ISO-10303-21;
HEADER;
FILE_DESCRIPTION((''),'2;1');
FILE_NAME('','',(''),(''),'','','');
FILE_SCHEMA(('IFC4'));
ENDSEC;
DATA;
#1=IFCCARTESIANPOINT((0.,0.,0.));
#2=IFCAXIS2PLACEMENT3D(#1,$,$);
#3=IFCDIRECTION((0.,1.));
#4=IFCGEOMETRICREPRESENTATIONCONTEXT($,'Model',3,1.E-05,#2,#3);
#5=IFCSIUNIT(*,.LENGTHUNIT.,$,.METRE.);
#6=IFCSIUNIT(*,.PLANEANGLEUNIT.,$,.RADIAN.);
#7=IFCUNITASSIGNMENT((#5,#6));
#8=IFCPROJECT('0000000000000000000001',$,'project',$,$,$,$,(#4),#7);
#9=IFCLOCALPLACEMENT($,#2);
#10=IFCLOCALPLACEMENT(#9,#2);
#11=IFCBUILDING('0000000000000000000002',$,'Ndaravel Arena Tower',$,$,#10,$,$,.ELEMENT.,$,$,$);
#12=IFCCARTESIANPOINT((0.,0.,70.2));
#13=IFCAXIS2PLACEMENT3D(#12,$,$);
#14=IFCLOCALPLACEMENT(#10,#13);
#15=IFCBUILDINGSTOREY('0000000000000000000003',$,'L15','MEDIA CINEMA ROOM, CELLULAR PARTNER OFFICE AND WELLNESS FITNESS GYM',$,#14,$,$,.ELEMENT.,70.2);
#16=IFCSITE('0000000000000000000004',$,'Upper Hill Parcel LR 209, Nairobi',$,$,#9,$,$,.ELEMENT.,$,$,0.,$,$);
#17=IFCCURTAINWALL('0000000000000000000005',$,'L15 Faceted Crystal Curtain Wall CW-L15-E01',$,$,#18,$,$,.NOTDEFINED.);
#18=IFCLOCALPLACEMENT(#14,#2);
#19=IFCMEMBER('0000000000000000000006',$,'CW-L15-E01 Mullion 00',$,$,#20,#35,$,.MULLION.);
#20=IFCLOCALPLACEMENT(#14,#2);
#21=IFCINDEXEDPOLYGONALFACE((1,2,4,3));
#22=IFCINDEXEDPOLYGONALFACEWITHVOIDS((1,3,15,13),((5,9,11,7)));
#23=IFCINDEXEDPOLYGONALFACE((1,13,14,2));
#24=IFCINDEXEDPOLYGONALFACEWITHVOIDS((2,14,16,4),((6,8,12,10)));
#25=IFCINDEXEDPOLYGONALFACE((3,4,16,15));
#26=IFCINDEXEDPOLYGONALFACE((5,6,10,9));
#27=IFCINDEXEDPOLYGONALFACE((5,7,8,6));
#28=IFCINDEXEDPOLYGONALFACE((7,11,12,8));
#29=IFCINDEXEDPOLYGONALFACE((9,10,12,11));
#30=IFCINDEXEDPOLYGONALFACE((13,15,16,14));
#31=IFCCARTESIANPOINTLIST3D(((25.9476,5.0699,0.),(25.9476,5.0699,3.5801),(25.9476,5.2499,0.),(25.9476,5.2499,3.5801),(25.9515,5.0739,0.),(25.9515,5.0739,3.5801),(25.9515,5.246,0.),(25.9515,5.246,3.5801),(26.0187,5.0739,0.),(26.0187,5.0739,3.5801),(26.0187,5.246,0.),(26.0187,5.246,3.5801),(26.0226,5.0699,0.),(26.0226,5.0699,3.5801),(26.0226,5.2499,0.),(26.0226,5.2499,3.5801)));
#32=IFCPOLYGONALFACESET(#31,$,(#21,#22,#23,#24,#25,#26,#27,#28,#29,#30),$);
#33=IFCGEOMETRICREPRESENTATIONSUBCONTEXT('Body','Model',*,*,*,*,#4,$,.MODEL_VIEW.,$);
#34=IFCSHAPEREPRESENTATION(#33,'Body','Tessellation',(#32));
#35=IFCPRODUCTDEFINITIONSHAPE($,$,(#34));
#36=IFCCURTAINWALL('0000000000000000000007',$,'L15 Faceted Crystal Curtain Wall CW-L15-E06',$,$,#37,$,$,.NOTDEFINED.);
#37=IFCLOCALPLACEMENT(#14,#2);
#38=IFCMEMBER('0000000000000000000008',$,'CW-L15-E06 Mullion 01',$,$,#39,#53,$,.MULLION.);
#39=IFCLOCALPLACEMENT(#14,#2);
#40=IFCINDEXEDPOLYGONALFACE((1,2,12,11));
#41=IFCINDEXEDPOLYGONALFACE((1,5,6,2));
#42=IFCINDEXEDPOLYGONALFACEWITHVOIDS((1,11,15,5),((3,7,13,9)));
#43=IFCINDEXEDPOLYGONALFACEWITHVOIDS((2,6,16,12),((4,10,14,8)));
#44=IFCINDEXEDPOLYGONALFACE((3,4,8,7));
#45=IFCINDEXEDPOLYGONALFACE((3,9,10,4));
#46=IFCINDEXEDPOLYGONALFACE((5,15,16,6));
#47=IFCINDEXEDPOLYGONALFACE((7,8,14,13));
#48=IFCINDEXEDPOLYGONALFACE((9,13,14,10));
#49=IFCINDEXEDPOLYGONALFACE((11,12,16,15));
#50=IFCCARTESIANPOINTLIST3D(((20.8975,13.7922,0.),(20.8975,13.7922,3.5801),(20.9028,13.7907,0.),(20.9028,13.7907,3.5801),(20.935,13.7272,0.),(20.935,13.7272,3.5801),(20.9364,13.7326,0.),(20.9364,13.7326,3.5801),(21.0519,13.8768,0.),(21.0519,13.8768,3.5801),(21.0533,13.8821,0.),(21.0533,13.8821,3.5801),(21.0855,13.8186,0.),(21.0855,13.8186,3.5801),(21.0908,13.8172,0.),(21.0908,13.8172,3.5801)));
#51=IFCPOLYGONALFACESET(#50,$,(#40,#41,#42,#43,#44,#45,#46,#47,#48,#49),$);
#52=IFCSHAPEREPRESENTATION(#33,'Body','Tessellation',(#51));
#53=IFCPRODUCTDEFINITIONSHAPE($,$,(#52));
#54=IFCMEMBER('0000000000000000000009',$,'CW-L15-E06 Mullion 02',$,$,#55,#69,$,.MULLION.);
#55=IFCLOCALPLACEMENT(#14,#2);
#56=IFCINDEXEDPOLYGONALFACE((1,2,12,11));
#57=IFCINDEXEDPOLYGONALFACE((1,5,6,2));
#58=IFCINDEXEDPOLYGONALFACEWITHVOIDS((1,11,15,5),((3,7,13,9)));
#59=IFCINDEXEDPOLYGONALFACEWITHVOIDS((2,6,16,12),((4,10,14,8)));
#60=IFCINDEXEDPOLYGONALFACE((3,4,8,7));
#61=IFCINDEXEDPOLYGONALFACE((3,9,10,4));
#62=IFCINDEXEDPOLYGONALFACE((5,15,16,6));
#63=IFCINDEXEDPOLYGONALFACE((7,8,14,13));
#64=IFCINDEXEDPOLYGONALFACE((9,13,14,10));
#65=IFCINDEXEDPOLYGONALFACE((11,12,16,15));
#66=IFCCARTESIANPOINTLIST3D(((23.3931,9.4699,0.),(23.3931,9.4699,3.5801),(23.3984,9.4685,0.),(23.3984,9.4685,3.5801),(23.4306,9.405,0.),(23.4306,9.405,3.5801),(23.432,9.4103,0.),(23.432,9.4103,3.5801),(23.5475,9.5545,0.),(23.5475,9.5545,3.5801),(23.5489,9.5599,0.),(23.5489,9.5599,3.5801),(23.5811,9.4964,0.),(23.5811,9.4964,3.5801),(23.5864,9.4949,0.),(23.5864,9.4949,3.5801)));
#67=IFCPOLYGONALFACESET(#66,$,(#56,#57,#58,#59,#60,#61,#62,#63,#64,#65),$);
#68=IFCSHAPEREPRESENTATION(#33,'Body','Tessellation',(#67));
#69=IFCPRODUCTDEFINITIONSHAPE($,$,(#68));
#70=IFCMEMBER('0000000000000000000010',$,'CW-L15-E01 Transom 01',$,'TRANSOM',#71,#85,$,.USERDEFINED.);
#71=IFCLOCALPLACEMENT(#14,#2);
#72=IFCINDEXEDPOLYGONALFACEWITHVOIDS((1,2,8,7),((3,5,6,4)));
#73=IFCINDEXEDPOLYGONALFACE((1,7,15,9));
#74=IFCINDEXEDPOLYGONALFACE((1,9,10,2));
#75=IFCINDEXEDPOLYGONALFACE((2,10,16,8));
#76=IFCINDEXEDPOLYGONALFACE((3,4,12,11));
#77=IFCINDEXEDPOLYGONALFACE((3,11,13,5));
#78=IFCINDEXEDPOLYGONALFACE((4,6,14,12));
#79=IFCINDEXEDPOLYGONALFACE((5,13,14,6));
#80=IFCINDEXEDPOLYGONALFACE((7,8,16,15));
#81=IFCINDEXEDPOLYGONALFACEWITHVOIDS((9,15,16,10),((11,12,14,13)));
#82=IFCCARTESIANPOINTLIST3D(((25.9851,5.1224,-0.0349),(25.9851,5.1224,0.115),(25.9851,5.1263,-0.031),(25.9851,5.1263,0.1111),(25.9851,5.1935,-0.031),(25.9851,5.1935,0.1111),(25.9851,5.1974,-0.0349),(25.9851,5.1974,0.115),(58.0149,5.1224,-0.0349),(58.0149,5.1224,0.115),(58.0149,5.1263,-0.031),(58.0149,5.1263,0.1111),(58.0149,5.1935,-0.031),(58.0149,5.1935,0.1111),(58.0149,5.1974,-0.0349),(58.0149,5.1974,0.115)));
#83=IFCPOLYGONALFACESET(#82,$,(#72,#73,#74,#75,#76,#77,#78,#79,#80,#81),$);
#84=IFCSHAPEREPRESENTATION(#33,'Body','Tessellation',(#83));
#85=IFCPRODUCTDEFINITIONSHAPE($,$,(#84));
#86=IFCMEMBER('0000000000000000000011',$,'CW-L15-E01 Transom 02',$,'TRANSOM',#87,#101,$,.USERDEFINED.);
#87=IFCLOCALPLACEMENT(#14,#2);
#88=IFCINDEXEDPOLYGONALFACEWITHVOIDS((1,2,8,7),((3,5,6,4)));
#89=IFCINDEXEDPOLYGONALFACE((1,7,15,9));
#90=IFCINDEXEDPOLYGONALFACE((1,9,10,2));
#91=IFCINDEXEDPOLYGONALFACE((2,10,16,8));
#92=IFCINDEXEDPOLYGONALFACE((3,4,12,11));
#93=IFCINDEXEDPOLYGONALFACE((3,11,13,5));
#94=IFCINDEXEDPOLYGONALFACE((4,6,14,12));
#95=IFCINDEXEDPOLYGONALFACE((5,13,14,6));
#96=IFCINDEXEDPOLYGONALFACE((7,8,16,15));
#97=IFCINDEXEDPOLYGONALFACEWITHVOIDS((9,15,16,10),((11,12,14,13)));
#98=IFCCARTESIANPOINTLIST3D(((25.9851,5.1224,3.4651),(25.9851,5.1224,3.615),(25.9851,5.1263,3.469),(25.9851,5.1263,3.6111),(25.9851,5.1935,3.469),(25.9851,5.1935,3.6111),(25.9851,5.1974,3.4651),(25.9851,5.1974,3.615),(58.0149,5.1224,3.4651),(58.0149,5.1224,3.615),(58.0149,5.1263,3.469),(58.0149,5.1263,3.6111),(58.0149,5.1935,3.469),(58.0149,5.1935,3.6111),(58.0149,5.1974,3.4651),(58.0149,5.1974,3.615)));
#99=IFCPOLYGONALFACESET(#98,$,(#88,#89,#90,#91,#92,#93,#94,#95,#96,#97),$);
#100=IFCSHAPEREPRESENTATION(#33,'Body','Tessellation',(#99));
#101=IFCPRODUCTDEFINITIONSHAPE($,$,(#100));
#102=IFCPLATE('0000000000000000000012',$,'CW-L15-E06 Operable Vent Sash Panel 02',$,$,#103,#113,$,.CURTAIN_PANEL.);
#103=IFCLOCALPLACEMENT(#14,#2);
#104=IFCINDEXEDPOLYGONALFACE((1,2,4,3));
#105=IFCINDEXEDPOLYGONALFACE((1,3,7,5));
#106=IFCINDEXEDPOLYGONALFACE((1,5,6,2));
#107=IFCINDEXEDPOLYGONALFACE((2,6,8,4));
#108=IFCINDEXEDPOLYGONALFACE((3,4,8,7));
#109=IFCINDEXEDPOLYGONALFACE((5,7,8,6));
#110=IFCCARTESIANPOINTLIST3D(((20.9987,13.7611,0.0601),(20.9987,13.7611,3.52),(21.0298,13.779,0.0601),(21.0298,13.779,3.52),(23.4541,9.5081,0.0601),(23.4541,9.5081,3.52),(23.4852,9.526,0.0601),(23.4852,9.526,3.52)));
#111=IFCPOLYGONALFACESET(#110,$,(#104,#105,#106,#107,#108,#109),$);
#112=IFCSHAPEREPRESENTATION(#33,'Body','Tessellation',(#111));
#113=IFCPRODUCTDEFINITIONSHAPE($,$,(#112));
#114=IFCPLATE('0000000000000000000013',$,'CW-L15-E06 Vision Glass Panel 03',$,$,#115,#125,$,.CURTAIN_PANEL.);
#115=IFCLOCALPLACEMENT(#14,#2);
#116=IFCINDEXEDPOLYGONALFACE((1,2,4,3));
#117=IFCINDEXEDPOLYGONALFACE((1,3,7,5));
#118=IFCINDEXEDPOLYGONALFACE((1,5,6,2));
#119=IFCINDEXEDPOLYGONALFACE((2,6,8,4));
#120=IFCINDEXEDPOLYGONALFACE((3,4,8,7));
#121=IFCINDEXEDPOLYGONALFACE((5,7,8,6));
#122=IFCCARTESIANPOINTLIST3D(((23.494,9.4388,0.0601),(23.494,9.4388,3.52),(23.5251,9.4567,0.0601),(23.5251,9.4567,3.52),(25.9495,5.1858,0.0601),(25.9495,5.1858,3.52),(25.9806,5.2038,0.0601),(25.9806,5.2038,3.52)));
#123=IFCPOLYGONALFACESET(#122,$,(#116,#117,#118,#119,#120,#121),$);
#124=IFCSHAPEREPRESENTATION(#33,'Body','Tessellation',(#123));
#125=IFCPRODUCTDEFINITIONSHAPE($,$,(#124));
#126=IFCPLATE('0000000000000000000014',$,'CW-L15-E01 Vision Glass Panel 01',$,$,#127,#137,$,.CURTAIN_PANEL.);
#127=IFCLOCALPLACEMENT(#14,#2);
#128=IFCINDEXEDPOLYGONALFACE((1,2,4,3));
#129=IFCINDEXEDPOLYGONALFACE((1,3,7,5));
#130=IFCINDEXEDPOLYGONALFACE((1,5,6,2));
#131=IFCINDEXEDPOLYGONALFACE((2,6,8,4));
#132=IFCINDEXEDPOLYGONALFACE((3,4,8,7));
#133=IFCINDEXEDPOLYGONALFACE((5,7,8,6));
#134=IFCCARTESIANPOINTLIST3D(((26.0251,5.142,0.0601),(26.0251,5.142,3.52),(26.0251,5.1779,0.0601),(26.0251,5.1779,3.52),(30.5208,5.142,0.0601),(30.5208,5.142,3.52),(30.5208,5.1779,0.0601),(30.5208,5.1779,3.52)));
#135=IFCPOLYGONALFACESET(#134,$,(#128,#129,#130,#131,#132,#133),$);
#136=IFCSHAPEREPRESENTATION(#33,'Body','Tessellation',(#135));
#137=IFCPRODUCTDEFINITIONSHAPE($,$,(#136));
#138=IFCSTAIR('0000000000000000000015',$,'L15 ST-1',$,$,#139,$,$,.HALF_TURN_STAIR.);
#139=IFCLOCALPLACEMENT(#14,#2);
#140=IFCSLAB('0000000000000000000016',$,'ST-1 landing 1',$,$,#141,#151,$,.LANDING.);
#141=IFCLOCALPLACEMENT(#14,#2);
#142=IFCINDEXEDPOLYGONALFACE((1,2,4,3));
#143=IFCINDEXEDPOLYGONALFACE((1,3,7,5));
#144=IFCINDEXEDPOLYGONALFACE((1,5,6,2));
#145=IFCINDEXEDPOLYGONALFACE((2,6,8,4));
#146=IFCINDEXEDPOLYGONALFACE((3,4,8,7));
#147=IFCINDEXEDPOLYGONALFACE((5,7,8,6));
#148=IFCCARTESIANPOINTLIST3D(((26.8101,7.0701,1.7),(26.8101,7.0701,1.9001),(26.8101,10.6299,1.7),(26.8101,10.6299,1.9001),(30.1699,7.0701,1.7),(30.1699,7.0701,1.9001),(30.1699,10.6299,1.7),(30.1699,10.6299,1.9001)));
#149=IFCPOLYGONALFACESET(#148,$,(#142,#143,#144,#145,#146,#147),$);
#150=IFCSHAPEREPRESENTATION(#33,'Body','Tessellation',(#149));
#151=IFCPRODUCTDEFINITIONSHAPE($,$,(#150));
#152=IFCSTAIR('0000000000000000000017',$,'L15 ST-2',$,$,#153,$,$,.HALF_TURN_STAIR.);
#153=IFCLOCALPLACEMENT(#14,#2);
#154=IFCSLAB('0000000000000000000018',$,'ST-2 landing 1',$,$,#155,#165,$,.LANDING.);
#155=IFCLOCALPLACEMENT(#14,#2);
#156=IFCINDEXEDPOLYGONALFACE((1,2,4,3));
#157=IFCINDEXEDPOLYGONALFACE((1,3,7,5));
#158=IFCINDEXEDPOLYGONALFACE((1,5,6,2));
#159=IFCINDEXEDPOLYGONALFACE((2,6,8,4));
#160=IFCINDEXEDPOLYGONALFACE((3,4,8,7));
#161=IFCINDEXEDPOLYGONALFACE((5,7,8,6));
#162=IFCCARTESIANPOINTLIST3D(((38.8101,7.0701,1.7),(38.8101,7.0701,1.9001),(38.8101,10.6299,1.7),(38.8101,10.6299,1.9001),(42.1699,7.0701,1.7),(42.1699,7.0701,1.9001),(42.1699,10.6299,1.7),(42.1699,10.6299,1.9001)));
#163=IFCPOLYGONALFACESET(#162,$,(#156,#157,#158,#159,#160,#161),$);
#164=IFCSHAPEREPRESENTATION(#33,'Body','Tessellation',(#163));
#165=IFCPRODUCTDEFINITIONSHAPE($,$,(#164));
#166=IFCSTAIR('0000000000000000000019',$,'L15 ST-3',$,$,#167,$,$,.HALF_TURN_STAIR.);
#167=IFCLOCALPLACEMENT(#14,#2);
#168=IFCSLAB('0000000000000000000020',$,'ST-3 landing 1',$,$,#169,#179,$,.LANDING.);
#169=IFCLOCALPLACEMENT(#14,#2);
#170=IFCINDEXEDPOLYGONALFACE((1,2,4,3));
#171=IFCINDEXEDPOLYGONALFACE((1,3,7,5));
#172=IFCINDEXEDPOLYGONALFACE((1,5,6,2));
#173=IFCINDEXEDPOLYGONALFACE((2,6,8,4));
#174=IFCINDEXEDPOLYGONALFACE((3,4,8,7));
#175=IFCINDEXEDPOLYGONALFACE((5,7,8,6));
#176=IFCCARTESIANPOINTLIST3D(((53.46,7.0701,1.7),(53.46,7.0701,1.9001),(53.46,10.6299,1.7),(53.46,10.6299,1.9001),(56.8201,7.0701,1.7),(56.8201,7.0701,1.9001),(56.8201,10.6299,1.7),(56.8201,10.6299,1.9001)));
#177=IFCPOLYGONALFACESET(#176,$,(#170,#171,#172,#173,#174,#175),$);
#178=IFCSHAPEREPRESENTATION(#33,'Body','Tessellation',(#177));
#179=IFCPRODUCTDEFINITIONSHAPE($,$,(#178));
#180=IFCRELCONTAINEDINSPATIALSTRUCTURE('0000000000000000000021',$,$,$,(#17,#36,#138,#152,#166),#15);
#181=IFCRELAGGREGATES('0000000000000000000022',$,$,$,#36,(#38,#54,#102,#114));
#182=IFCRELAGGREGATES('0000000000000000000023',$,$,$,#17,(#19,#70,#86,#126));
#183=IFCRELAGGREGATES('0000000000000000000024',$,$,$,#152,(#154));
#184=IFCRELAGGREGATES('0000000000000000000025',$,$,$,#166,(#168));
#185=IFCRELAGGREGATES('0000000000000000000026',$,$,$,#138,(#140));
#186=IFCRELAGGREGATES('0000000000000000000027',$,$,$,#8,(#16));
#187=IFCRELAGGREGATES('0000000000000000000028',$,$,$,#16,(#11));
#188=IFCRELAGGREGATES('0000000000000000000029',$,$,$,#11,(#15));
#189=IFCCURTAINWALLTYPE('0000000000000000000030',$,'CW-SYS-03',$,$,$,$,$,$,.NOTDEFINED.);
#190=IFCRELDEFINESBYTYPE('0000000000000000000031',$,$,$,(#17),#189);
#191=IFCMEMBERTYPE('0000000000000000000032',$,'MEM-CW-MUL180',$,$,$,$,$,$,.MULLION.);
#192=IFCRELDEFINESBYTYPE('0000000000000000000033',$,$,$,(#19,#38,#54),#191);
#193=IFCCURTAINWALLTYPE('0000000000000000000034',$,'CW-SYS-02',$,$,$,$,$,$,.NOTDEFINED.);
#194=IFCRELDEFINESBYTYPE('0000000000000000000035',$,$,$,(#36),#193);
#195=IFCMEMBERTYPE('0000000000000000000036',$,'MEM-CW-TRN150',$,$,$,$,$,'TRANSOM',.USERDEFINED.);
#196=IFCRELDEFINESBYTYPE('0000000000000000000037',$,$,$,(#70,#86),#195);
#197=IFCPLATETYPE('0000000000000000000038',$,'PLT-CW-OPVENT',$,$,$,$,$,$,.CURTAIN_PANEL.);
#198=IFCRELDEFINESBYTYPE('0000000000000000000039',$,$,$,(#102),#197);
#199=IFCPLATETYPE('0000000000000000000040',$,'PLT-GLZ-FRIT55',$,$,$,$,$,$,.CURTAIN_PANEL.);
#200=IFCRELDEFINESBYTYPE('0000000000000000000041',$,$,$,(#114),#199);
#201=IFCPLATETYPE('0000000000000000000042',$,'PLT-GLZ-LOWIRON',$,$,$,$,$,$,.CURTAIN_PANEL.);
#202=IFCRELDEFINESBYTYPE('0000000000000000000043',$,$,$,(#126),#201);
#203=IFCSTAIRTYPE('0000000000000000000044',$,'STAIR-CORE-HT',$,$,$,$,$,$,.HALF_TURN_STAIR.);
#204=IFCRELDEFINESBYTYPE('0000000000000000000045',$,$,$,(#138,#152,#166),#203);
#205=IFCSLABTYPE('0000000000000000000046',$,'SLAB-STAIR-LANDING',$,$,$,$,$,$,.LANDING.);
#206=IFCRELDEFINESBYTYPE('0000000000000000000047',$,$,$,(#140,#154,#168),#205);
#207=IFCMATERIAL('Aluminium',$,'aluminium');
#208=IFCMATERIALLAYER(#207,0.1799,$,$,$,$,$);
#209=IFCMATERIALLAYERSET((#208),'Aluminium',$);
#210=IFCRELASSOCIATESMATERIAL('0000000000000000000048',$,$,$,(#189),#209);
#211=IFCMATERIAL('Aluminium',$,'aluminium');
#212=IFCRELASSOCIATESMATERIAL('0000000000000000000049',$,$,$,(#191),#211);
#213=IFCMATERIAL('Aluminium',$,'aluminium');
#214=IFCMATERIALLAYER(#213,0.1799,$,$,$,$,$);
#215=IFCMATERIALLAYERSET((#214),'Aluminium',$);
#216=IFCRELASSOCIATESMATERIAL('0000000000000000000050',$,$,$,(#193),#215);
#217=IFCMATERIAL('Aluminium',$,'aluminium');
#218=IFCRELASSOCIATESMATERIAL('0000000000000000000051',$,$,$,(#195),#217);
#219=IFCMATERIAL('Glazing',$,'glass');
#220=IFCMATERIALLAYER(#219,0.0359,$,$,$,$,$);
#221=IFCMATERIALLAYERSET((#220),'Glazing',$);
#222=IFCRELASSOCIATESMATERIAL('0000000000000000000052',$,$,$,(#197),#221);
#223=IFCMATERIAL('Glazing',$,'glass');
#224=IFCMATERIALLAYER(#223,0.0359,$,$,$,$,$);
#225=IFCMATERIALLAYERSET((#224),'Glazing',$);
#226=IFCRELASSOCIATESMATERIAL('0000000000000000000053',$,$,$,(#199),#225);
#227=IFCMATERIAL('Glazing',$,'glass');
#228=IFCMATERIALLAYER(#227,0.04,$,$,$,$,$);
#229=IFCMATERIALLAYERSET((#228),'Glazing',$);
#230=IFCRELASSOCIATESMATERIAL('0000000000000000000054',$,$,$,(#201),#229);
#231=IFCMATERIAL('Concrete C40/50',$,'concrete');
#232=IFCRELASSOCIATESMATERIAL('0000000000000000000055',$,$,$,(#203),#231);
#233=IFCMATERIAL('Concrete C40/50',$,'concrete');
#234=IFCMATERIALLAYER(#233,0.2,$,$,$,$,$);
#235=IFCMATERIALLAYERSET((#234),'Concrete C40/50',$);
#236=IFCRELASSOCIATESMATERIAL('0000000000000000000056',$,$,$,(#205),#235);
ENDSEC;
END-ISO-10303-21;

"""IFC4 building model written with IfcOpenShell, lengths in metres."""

from ifc_helpers import new_model, si_unit, direction, frame, origin, origin_2d, place, context, subcontext, project, spatial, polyline, rectangle, hollow_rectangle, outline, extrude, material, layer, layer_set, material_profile, profile_set, type_object, element, aggregate, save


model = new_model("IFC4")

# Units and contexts
model_context = context("Model", 3, precision=1e-05, world=origin(), true_north=direction((0.0, 1.0)))
body_context = subcontext(model_context, "Body", "Model", "MODEL_VIEW")
ifc_project = project(units=[si_unit("LENGTHUNIT", "METRE"), si_unit("PLANEANGLEUNIT", "RADIAN")], contexts=[model_context])

# Site, building, storey
site_placement = place(None, origin())
site = spatial("IfcSite", under=ifc_project, at=site_placement, Name="Upper Hill Parcel LR 209, Nairobi", CompositionType="ELEMENT", RefElevation=0.0)
building_placement = place(site_placement, origin())
building = spatial("IfcBuilding", under=site, at=building_placement, Name="Ndaravel Arena Tower", CompositionType="ELEMENT")
storey_placement = place(building_placement, frame((0.0, 0.0, 70.2)))
storey = spatial("IfcBuildingStorey", under=building, at=storey_placement, Name="L15", Description="MEDIA CINEMA ROOM, CELLULAR PARTNER OFFICE AND WELLNESS FITNESS GYM", CompositionType="ELEMENT", Elevation=70.2)

# Curtain wall, member
ifc_material_1 = material(Name="Aluminium", Category="aluminium")
ifc_layer_1 = layer(ifc_material_1, 0.1799)
ifc_layer_set_1 = layer_set([ifc_layer_1], Name="Aluminium")
curtain_wall_type_1 = type_object("IfcCurtainWallType", Name="CW-SYS-03", PredefinedType="NOTDEFINED", material=ifc_layer_set_1)
curtain_wall_1_placement = place(storey_placement, origin())
curtain_wall_1 = element("IfcCurtainWall", 1, at=curtain_wall_1_placement, inside=storey, type_object=curtain_wall_type_1, Name="L15 Faceted Crystal Curtain Wall CW-L15-E01", PredefinedType="NOTDEFINED")
ifc_material_2 = material(Name="Aluminium", Category="aluminium")
ifc_material_profile_1 = material_profile(ifc_material_2, hollow_rectangle(XDim=0.075, YDim=0.1799, WallThickness=0.0039, at=origin_2d()), Name="CW MULLION 75x180x4")
ifc_profile_set_1 = profile_set([ifc_material_profile_1], Name="Aluminium")
member_type_1 = type_object("IfcMemberType", Name="MEM-CW-MUL180", PredefinedType="MULLION", material=ifc_profile_set_1)
member_1_placement = place(storey_placement, frame((25.9851, 5.1599, 0.0), z_axis=(0.0, 0.0, 1.0), x_axis=(1.0, 0.0, 0.0)))
member_1 = element("IfcMember", 2, at=member_1_placement, type_object=member_type_1, Name="CW-L15-E01 Mullion 00", PredefinedType="MULLION", context=body_context, shape_type="SweptSolid", body=[
    extrude(hollow_rectangle(XDim=0.075, YDim=0.1799, WallThickness=0.0039, at=origin_2d()), origin(), (0.0, 0.0, 1.0), 3.5801),
])

# Curtain wall, members
ifc_material_3 = material(Name="Aluminium", Category="aluminium")
ifc_layer_2 = layer(ifc_material_3, 0.1799)
ifc_layer_set_2 = layer_set([ifc_layer_2], Name="Aluminium")
curtain_wall_type_2 = type_object("IfcCurtainWallType", Name="CW-SYS-02", PredefinedType="NOTDEFINED", material=ifc_layer_set_2)
curtain_wall_2_placement = place(storey_placement, origin())
curtain_wall_2 = element("IfcCurtainWall", 3, at=curtain_wall_2_placement, inside=storey, type_object=curtain_wall_type_2, Name="L15 Faceted Crystal Curtain Wall CW-L15-E06", PredefinedType="NOTDEFINED")
member_2_placement = place(storey_placement, frame((20.9941, 13.8047, 0.0), z_axis=(0.0, 0.0, 1.0), x_axis=(0.5, -0.866025, 0.0)))
member_2 = element("IfcMember", 4, at=member_2_placement, type_object=member_type_1, Name="CW-L15-E06 Mullion 01", PredefinedType="MULLION", context=body_context, shape_type="SweptSolid", body=[
    extrude(hollow_rectangle(XDim=0.075, YDim=0.1799, WallThickness=0.0039, at=origin_2d()), origin(), (0.0, 0.0, 1.0), 3.5801),
])
member_3_placement = place(storey_placement, frame((23.4897, 9.4824, 0.0), z_axis=(0.0, 0.0, 1.0), x_axis=(0.5, -0.866025, 0.0)))
member_3 = element("IfcMember", 5, at=member_3_placement, type_object=member_type_1, Name="CW-L15-E06 Mullion 02", PredefinedType="MULLION", context=body_context, shape_type="SweptSolid", body=[
    extrude(hollow_rectangle(XDim=0.075, YDim=0.1799, WallThickness=0.0039, at=origin_2d()), origin(), (0.0, 0.0, 1.0), 3.5801),
])

# Members
ifc_material_4 = material(Name="Aluminium", Category="aluminium")
ifc_material_profile_2 = material_profile(ifc_material_4, hollow_rectangle(XDim=0.075, YDim=0.1499, WallThickness=0.0039, at=origin_2d()), Name="CW TRANSOM 75x150x4")
ifc_profile_set_2 = profile_set([ifc_material_profile_2], Name="Aluminium")
member_type_2 = type_object("IfcMemberType", Name="MEM-CW-TRN150", ElementType="TRANSOM", PredefinedType="USERDEFINED", material=ifc_profile_set_2)
member_4_placement = place(storey_placement, frame((25.9851, 5.1599, 0.04), z_axis=(1.0, 0.0, 0.0), x_axis=(0.0, 1.0, 0.0)))
member_4 = element("IfcMember", 6, at=member_4_placement, type_object=member_type_2, Name="CW-L15-E01 Transom 01", ObjectType="TRANSOM", PredefinedType="USERDEFINED", context=body_context, shape_type="SweptSolid", body=[
    extrude(hollow_rectangle(XDim=0.075, YDim=0.1499, WallThickness=0.0039, at=origin_2d()), origin(), (0.0, 0.0, 1.0), 32.0298),
])
member_5_placement = place(storey_placement, frame((25.9851, 5.1599, 3.54), z_axis=(1.0, 0.0, 0.0), x_axis=(0.0, 1.0, 0.0)))
member_5 = element("IfcMember", 7, at=member_5_placement, type_object=member_type_2, Name="CW-L15-E01 Transom 02", ObjectType="TRANSOM", PredefinedType="USERDEFINED", context=body_context, shape_type="SweptSolid", body=[
    extrude(hollow_rectangle(XDim=0.075, YDim=0.1499, WallThickness=0.0039, at=origin_2d()), origin(), (0.0, 0.0, 1.0), 32.0298),
])

# Plates
ifc_material_5 = material(Name="Glazing", Category="glass")
ifc_layer_3 = layer(ifc_material_5, 0.0359)
ifc_layer_set_3 = layer_set([ifc_layer_3], Name="Glazing")
plate_type_1 = type_object("IfcPlateType", Name="PLT-CW-OPVENT", PredefinedType="CURTAIN_PANEL", material=ifc_layer_set_3)
plate_1_placement = place(storey_placement, frame((22.2419, 11.6436, 0.0601), z_axis=(0.0, 0.0, 1.0), x_axis=(0.5, -0.866025, 0.0)))
plate_1 = element("IfcPlate", 8, at=plate_1_placement, type_object=plate_type_1, Name="CW-L15-E06 Operable Vent Sash Panel 02", PredefinedType="CURTAIN_PANEL", context=body_context, shape_type="SweptSolid", body=[
    extrude(rectangle(XDim=4.9109, YDim=0.0359, at=origin_2d()), origin(), (0.0, 0.0, 1.0), 3.46),
])
ifc_material_6 = material(Name="Glazing", Category="glass")
ifc_layer_4 = layer(ifc_material_6, 0.0359)
ifc_layer_set_4 = layer_set([ifc_layer_4], Name="Glazing")
plate_type_2 = type_object("IfcPlateType", Name="PLT-GLZ-FRIT55", PredefinedType="CURTAIN_PANEL", material=ifc_layer_set_4)
plate_2_placement = place(storey_placement, frame((24.7373, 7.3213, 0.0601), z_axis=(0.0, 0.0, 1.0), x_axis=(0.5, -0.866025, 0.0)))
plate_2 = element("IfcPlate", 9, at=plate_2_placement, type_object=plate_type_2, Name="CW-L15-E06 Vision Glass Panel 03", PredefinedType="CURTAIN_PANEL", context=body_context, shape_type="SweptSolid", body=[
    extrude(rectangle(XDim=4.9109, YDim=0.0359, at=origin_2d()), origin(), (0.0, 0.0, 1.0), 3.46),
])
aggregate(curtain_wall_2, [member_2, member_3, plate_1, plate_2])
ifc_material_7 = material(Name="Glazing", Category="glass")
ifc_layer_5 = layer(ifc_material_7, 0.04)
ifc_layer_set_5 = layer_set([ifc_layer_5], Name="Glazing")
plate_type_3 = type_object("IfcPlateType", Name="PLT-GLZ-LOWIRON", PredefinedType="CURTAIN_PANEL", material=ifc_layer_set_5)
plate_3_placement = place(storey_placement, frame((28.2729, 5.1599, 0.0601), z_axis=(0.0, 0.0, 1.0), x_axis=(1.0, 0.0, 0.0)))
plate_3 = element("IfcPlate", 10, at=plate_3_placement, type_object=plate_type_3, Name="CW-L15-E01 Vision Glass Panel 01", PredefinedType="CURTAIN_PANEL", context=body_context, shape_type="SweptSolid", body=[
    extrude(rectangle(XDim=4.4956, YDim=0.0359, at=origin_2d()), origin(), (0.0, 0.0, 1.0), 3.46),
])
aggregate(curtain_wall_1, [member_1, member_4, member_5, plate_3])

# Stairs, slabs
ifc_material_8 = material(Name="Concrete C40/50", Category="concrete")
stair_type = type_object("IfcStairType", Name="STAIR-CORE-HT", PredefinedType="HALF_TURN_STAIR", material=ifc_material_8)
stair_1_placement = place(storey_placement, origin())
stair_1 = element("IfcStair", 11, at=stair_1_placement, inside=storey, type_object=stair_type, Name="L15 ST-1", PredefinedType="HALF_TURN_STAIR")
ifc_material_9 = material(Name="Concrete C40/50", Category="concrete")
ifc_layer_6 = layer(ifc_material_9, 0.2)
ifc_layer_set_6 = layer_set([ifc_layer_6], Name="Concrete C40/50")
slab_type_1 = type_object("IfcSlabType", Name="SLAB-STAIR-LANDING", PredefinedType="LANDING", material=ifc_layer_set_6)
slab_1_placement = place(storey_placement, frame((0.0, 0.0, 1.7)))
slab_1 = element("IfcSlab", 12, at=slab_1_placement, type_object=slab_type_1, Name="ST-1 landing 1", PredefinedType="LANDING", context=body_context, shape_type="SweptSolid", body=[
    extrude(outline(polyline([(26.8101, 10.6299), (26.8101, 7.0701), (30.1699, 7.0701), (30.1699, 10.6299), (26.8101, 10.6299)])), origin(), (0.0, 0.0, 1.0), 0.2002),
])
stair_2_placement = place(storey_placement, origin())
stair_2 = element("IfcStair", 13, at=stair_2_placement, inside=storey, type_object=stair_type, Name="L15 ST-2", PredefinedType="HALF_TURN_STAIR")
slab_2_placement = place(storey_placement, frame((0.0, 0.0, 1.7)))
slab_2 = element("IfcSlab", 14, at=slab_2_placement, type_object=slab_type_1, Name="ST-2 landing 1", PredefinedType="LANDING", context=body_context, shape_type="SweptSolid", body=[
    extrude(outline(polyline([(38.8101, 10.6299), (38.8101, 7.0701), (42.1699, 7.0701), (42.1699, 10.6299), (38.8101, 10.6299)])), origin(), (0.0, 0.0, 1.0), 0.2002),
])
aggregate(stair_2, [slab_2])
stair_3_placement = place(storey_placement, origin())
stair_3 = element("IfcStair", 15, at=stair_3_placement, inside=storey, type_object=stair_type, Name="L15 ST-3", PredefinedType="HALF_TURN_STAIR")
slab_3_placement = place(storey_placement, frame((0.0, 0.0, 1.7)))
slab_3 = element("IfcSlab", 16, at=slab_3_placement, type_object=slab_type_1, Name="ST-3 landing 1", PredefinedType="LANDING", context=body_context, shape_type="SweptSolid", body=[
    extrude(outline(polyline([(53.46, 10.6299), (53.46, 7.0701), (56.8201, 7.0701), (56.8201, 10.6299), (53.46, 10.6299)])), origin(), (0.0, 0.0, 1.0), 0.2002),
])
aggregate(stair_3, [slab_3])

aggregate(stair_1, [slab_1])

save(model, "model.ifc")
